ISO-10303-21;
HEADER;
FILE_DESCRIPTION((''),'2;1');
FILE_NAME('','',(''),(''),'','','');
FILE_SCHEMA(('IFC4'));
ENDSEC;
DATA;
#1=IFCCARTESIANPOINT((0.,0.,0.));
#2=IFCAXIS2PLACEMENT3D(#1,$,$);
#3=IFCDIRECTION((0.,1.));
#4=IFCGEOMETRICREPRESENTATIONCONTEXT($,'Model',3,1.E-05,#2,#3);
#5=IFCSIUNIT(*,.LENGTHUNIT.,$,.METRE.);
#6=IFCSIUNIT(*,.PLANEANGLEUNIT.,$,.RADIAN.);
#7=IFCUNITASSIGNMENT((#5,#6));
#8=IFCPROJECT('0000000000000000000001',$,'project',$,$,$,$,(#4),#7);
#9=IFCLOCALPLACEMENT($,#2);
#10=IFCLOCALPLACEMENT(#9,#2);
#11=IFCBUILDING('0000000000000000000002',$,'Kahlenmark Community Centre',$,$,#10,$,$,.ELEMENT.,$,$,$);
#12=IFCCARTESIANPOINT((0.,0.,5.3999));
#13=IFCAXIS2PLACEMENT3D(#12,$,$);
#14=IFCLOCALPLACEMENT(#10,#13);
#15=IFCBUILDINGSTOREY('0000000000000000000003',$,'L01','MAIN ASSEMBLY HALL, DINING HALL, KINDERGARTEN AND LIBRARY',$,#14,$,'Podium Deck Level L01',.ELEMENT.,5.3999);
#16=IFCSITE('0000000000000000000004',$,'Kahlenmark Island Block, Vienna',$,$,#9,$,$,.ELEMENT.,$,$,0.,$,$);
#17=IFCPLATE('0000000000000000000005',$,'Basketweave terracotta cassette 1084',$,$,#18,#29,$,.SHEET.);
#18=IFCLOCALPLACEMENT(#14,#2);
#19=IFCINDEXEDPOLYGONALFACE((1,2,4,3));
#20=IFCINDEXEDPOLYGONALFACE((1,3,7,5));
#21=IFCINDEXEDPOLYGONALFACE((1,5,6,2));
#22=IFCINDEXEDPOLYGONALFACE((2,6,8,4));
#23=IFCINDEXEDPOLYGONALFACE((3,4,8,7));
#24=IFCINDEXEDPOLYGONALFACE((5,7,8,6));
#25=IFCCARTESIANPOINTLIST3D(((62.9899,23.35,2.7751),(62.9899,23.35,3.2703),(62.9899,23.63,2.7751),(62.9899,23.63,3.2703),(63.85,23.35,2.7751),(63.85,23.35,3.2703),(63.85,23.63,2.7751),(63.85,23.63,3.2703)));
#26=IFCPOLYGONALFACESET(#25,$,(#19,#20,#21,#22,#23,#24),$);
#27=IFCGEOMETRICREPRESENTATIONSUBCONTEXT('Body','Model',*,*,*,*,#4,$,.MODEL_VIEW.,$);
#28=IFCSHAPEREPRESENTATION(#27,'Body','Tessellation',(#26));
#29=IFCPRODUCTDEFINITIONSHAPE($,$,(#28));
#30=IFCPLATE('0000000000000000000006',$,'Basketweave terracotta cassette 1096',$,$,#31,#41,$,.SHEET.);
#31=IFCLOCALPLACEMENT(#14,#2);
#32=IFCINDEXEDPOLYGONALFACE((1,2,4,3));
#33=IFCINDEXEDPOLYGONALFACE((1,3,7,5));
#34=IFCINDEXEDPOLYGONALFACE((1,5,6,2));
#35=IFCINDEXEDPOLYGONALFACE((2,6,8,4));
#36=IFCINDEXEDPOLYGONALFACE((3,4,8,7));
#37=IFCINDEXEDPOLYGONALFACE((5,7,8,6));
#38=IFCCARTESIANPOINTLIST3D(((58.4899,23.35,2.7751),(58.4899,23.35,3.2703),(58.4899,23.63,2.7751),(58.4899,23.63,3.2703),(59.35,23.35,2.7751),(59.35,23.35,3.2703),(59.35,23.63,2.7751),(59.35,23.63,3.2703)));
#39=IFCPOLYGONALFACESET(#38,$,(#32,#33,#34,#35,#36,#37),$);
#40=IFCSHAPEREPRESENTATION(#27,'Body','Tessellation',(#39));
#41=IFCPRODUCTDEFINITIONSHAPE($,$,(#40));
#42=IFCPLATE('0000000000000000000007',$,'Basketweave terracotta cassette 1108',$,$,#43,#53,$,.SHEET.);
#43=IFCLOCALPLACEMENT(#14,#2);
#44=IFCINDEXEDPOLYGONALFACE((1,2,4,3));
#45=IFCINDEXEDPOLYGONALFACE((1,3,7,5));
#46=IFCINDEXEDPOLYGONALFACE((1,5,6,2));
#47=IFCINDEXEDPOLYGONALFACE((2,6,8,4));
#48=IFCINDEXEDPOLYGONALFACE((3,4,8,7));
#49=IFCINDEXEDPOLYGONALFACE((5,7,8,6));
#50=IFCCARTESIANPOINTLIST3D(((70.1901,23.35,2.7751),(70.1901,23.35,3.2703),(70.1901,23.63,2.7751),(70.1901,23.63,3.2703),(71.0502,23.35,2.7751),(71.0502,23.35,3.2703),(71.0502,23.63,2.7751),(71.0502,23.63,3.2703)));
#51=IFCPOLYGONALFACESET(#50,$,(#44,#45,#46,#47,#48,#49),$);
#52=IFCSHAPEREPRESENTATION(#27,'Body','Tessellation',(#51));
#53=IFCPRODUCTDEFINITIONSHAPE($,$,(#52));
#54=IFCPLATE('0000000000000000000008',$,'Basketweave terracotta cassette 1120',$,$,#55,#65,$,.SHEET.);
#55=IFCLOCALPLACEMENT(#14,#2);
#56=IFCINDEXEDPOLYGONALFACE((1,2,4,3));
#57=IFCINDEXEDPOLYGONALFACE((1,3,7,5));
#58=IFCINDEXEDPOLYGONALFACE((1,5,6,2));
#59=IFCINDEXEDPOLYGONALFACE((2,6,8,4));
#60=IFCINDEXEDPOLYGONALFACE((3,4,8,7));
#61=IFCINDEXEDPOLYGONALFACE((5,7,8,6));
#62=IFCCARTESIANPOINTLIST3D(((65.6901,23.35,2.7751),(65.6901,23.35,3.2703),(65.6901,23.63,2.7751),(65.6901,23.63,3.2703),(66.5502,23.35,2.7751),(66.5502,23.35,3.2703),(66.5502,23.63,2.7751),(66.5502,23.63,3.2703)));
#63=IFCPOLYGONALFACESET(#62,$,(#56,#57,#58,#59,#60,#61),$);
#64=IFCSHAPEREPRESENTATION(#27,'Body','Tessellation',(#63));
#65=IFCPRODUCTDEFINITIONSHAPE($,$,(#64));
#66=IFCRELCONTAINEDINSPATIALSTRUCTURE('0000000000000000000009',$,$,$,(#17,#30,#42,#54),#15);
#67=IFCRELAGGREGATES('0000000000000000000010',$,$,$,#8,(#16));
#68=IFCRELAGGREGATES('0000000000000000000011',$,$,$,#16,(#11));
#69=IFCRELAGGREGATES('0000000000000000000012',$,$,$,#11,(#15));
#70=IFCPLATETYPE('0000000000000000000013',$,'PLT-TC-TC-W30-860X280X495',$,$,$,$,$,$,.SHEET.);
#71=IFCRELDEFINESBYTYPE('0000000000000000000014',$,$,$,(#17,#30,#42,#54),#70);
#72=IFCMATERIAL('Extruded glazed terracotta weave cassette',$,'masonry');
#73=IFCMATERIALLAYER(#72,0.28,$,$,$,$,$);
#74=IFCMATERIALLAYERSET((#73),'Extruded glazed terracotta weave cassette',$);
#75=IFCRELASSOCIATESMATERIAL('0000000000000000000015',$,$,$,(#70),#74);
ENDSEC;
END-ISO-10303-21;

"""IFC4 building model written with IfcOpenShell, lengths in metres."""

from ifc_helpers import new_model, si_unit, direction, frame, origin, origin_2d, place, context, subcontext, project, spatial, rectangle, extrude, material, layer, layer_set, type_object, element, save


model = new_model("IFC4")

# Units and contexts
model_context = context("Model", 3, precision=1e-05, world=origin(), true_north=direction((0.0, 1.0)))
body_context = subcontext(model_context, "Body", "Model", "MODEL_VIEW")
ifc_project = project(units=[si_unit("LENGTHUNIT", "METRE"), si_unit("PLANEANGLEUNIT", "RADIAN")], contexts=[model_context])

# Site, building, storey
site_placement = place(None, origin())
site = spatial("IfcSite", under=ifc_project, at=site_placement, Name="Kahlenmark Island Block, Vienna", CompositionType="ELEMENT", RefElevation=0.0)
building_placement = place(site_placement, origin())
building = spatial("IfcBuilding", under=site, at=building_placement, Name="Kahlenmark Community Centre", CompositionType="ELEMENT")
storey_placement = place(building_placement, frame((0.0, 0.0, 5.3999)))
storey = spatial("IfcBuildingStorey", under=building, at=storey_placement, Name="L01", Description="MAIN ASSEMBLY HALL, DINING HALL, KINDERGARTEN AND LIBRARY", LongName="Podium Deck Level L01", CompositionType="ELEMENT", Elevation=5.3999)

# Plates
ifc_material = material(Name="Extruded glazed terracotta weave cassette", Category="masonry")
ifc_layer_1 = layer(ifc_material, 0.28)
ifc_layer_set_1 = layer_set([ifc_layer_1], Name="Extruded glazed terracotta weave cassette")
plate_type_1 = type_object("IfcPlateType", Name="PLT-TC-TC-W30-860X280X495", PredefinedType="SHEET", material=ifc_layer_set_1)
for number, where, z_axis, x_axis, name in (
    (1, (63.4199, 23.49, 2.7751), (0.0, 0.0, 1.0), (-1.0, 0.0, 0.0), "Basketweave terracotta cassette 1084"),
    (2, (58.9199, 23.49, 2.7751), (0.0, 0.0, 1.0), (-1.0, 0.0, 0.0), "Basketweave terracotta cassette 1096"),
    (3, (70.6201, 23.49, 2.7751), (0.0, 0.0, 1.0), (-1.0, 0.0, 0.0), "Basketweave terracotta cassette 1108"),
    (4, (66.1201, 23.49, 2.7751), (0.0, 0.0, 1.0), (-1.0, 0.0, 0.0), "Basketweave terracotta cassette 1120"),
):
    element("IfcPlate", number, at=place(storey_placement, frame(where, z_axis=z_axis, x_axis=x_axis)), inside=storey, type_object=plate_type_1, Name=name, PredefinedType="SHEET", context=body_context, shape_type="SweptSolid", body=[
        extrude(rectangle(XDim=0.8601, YDim=0.28, at=origin_2d()), origin(), (0.0, 0.0, 1.0), 0.4951),
    ])

save(model, "model.ifc")
